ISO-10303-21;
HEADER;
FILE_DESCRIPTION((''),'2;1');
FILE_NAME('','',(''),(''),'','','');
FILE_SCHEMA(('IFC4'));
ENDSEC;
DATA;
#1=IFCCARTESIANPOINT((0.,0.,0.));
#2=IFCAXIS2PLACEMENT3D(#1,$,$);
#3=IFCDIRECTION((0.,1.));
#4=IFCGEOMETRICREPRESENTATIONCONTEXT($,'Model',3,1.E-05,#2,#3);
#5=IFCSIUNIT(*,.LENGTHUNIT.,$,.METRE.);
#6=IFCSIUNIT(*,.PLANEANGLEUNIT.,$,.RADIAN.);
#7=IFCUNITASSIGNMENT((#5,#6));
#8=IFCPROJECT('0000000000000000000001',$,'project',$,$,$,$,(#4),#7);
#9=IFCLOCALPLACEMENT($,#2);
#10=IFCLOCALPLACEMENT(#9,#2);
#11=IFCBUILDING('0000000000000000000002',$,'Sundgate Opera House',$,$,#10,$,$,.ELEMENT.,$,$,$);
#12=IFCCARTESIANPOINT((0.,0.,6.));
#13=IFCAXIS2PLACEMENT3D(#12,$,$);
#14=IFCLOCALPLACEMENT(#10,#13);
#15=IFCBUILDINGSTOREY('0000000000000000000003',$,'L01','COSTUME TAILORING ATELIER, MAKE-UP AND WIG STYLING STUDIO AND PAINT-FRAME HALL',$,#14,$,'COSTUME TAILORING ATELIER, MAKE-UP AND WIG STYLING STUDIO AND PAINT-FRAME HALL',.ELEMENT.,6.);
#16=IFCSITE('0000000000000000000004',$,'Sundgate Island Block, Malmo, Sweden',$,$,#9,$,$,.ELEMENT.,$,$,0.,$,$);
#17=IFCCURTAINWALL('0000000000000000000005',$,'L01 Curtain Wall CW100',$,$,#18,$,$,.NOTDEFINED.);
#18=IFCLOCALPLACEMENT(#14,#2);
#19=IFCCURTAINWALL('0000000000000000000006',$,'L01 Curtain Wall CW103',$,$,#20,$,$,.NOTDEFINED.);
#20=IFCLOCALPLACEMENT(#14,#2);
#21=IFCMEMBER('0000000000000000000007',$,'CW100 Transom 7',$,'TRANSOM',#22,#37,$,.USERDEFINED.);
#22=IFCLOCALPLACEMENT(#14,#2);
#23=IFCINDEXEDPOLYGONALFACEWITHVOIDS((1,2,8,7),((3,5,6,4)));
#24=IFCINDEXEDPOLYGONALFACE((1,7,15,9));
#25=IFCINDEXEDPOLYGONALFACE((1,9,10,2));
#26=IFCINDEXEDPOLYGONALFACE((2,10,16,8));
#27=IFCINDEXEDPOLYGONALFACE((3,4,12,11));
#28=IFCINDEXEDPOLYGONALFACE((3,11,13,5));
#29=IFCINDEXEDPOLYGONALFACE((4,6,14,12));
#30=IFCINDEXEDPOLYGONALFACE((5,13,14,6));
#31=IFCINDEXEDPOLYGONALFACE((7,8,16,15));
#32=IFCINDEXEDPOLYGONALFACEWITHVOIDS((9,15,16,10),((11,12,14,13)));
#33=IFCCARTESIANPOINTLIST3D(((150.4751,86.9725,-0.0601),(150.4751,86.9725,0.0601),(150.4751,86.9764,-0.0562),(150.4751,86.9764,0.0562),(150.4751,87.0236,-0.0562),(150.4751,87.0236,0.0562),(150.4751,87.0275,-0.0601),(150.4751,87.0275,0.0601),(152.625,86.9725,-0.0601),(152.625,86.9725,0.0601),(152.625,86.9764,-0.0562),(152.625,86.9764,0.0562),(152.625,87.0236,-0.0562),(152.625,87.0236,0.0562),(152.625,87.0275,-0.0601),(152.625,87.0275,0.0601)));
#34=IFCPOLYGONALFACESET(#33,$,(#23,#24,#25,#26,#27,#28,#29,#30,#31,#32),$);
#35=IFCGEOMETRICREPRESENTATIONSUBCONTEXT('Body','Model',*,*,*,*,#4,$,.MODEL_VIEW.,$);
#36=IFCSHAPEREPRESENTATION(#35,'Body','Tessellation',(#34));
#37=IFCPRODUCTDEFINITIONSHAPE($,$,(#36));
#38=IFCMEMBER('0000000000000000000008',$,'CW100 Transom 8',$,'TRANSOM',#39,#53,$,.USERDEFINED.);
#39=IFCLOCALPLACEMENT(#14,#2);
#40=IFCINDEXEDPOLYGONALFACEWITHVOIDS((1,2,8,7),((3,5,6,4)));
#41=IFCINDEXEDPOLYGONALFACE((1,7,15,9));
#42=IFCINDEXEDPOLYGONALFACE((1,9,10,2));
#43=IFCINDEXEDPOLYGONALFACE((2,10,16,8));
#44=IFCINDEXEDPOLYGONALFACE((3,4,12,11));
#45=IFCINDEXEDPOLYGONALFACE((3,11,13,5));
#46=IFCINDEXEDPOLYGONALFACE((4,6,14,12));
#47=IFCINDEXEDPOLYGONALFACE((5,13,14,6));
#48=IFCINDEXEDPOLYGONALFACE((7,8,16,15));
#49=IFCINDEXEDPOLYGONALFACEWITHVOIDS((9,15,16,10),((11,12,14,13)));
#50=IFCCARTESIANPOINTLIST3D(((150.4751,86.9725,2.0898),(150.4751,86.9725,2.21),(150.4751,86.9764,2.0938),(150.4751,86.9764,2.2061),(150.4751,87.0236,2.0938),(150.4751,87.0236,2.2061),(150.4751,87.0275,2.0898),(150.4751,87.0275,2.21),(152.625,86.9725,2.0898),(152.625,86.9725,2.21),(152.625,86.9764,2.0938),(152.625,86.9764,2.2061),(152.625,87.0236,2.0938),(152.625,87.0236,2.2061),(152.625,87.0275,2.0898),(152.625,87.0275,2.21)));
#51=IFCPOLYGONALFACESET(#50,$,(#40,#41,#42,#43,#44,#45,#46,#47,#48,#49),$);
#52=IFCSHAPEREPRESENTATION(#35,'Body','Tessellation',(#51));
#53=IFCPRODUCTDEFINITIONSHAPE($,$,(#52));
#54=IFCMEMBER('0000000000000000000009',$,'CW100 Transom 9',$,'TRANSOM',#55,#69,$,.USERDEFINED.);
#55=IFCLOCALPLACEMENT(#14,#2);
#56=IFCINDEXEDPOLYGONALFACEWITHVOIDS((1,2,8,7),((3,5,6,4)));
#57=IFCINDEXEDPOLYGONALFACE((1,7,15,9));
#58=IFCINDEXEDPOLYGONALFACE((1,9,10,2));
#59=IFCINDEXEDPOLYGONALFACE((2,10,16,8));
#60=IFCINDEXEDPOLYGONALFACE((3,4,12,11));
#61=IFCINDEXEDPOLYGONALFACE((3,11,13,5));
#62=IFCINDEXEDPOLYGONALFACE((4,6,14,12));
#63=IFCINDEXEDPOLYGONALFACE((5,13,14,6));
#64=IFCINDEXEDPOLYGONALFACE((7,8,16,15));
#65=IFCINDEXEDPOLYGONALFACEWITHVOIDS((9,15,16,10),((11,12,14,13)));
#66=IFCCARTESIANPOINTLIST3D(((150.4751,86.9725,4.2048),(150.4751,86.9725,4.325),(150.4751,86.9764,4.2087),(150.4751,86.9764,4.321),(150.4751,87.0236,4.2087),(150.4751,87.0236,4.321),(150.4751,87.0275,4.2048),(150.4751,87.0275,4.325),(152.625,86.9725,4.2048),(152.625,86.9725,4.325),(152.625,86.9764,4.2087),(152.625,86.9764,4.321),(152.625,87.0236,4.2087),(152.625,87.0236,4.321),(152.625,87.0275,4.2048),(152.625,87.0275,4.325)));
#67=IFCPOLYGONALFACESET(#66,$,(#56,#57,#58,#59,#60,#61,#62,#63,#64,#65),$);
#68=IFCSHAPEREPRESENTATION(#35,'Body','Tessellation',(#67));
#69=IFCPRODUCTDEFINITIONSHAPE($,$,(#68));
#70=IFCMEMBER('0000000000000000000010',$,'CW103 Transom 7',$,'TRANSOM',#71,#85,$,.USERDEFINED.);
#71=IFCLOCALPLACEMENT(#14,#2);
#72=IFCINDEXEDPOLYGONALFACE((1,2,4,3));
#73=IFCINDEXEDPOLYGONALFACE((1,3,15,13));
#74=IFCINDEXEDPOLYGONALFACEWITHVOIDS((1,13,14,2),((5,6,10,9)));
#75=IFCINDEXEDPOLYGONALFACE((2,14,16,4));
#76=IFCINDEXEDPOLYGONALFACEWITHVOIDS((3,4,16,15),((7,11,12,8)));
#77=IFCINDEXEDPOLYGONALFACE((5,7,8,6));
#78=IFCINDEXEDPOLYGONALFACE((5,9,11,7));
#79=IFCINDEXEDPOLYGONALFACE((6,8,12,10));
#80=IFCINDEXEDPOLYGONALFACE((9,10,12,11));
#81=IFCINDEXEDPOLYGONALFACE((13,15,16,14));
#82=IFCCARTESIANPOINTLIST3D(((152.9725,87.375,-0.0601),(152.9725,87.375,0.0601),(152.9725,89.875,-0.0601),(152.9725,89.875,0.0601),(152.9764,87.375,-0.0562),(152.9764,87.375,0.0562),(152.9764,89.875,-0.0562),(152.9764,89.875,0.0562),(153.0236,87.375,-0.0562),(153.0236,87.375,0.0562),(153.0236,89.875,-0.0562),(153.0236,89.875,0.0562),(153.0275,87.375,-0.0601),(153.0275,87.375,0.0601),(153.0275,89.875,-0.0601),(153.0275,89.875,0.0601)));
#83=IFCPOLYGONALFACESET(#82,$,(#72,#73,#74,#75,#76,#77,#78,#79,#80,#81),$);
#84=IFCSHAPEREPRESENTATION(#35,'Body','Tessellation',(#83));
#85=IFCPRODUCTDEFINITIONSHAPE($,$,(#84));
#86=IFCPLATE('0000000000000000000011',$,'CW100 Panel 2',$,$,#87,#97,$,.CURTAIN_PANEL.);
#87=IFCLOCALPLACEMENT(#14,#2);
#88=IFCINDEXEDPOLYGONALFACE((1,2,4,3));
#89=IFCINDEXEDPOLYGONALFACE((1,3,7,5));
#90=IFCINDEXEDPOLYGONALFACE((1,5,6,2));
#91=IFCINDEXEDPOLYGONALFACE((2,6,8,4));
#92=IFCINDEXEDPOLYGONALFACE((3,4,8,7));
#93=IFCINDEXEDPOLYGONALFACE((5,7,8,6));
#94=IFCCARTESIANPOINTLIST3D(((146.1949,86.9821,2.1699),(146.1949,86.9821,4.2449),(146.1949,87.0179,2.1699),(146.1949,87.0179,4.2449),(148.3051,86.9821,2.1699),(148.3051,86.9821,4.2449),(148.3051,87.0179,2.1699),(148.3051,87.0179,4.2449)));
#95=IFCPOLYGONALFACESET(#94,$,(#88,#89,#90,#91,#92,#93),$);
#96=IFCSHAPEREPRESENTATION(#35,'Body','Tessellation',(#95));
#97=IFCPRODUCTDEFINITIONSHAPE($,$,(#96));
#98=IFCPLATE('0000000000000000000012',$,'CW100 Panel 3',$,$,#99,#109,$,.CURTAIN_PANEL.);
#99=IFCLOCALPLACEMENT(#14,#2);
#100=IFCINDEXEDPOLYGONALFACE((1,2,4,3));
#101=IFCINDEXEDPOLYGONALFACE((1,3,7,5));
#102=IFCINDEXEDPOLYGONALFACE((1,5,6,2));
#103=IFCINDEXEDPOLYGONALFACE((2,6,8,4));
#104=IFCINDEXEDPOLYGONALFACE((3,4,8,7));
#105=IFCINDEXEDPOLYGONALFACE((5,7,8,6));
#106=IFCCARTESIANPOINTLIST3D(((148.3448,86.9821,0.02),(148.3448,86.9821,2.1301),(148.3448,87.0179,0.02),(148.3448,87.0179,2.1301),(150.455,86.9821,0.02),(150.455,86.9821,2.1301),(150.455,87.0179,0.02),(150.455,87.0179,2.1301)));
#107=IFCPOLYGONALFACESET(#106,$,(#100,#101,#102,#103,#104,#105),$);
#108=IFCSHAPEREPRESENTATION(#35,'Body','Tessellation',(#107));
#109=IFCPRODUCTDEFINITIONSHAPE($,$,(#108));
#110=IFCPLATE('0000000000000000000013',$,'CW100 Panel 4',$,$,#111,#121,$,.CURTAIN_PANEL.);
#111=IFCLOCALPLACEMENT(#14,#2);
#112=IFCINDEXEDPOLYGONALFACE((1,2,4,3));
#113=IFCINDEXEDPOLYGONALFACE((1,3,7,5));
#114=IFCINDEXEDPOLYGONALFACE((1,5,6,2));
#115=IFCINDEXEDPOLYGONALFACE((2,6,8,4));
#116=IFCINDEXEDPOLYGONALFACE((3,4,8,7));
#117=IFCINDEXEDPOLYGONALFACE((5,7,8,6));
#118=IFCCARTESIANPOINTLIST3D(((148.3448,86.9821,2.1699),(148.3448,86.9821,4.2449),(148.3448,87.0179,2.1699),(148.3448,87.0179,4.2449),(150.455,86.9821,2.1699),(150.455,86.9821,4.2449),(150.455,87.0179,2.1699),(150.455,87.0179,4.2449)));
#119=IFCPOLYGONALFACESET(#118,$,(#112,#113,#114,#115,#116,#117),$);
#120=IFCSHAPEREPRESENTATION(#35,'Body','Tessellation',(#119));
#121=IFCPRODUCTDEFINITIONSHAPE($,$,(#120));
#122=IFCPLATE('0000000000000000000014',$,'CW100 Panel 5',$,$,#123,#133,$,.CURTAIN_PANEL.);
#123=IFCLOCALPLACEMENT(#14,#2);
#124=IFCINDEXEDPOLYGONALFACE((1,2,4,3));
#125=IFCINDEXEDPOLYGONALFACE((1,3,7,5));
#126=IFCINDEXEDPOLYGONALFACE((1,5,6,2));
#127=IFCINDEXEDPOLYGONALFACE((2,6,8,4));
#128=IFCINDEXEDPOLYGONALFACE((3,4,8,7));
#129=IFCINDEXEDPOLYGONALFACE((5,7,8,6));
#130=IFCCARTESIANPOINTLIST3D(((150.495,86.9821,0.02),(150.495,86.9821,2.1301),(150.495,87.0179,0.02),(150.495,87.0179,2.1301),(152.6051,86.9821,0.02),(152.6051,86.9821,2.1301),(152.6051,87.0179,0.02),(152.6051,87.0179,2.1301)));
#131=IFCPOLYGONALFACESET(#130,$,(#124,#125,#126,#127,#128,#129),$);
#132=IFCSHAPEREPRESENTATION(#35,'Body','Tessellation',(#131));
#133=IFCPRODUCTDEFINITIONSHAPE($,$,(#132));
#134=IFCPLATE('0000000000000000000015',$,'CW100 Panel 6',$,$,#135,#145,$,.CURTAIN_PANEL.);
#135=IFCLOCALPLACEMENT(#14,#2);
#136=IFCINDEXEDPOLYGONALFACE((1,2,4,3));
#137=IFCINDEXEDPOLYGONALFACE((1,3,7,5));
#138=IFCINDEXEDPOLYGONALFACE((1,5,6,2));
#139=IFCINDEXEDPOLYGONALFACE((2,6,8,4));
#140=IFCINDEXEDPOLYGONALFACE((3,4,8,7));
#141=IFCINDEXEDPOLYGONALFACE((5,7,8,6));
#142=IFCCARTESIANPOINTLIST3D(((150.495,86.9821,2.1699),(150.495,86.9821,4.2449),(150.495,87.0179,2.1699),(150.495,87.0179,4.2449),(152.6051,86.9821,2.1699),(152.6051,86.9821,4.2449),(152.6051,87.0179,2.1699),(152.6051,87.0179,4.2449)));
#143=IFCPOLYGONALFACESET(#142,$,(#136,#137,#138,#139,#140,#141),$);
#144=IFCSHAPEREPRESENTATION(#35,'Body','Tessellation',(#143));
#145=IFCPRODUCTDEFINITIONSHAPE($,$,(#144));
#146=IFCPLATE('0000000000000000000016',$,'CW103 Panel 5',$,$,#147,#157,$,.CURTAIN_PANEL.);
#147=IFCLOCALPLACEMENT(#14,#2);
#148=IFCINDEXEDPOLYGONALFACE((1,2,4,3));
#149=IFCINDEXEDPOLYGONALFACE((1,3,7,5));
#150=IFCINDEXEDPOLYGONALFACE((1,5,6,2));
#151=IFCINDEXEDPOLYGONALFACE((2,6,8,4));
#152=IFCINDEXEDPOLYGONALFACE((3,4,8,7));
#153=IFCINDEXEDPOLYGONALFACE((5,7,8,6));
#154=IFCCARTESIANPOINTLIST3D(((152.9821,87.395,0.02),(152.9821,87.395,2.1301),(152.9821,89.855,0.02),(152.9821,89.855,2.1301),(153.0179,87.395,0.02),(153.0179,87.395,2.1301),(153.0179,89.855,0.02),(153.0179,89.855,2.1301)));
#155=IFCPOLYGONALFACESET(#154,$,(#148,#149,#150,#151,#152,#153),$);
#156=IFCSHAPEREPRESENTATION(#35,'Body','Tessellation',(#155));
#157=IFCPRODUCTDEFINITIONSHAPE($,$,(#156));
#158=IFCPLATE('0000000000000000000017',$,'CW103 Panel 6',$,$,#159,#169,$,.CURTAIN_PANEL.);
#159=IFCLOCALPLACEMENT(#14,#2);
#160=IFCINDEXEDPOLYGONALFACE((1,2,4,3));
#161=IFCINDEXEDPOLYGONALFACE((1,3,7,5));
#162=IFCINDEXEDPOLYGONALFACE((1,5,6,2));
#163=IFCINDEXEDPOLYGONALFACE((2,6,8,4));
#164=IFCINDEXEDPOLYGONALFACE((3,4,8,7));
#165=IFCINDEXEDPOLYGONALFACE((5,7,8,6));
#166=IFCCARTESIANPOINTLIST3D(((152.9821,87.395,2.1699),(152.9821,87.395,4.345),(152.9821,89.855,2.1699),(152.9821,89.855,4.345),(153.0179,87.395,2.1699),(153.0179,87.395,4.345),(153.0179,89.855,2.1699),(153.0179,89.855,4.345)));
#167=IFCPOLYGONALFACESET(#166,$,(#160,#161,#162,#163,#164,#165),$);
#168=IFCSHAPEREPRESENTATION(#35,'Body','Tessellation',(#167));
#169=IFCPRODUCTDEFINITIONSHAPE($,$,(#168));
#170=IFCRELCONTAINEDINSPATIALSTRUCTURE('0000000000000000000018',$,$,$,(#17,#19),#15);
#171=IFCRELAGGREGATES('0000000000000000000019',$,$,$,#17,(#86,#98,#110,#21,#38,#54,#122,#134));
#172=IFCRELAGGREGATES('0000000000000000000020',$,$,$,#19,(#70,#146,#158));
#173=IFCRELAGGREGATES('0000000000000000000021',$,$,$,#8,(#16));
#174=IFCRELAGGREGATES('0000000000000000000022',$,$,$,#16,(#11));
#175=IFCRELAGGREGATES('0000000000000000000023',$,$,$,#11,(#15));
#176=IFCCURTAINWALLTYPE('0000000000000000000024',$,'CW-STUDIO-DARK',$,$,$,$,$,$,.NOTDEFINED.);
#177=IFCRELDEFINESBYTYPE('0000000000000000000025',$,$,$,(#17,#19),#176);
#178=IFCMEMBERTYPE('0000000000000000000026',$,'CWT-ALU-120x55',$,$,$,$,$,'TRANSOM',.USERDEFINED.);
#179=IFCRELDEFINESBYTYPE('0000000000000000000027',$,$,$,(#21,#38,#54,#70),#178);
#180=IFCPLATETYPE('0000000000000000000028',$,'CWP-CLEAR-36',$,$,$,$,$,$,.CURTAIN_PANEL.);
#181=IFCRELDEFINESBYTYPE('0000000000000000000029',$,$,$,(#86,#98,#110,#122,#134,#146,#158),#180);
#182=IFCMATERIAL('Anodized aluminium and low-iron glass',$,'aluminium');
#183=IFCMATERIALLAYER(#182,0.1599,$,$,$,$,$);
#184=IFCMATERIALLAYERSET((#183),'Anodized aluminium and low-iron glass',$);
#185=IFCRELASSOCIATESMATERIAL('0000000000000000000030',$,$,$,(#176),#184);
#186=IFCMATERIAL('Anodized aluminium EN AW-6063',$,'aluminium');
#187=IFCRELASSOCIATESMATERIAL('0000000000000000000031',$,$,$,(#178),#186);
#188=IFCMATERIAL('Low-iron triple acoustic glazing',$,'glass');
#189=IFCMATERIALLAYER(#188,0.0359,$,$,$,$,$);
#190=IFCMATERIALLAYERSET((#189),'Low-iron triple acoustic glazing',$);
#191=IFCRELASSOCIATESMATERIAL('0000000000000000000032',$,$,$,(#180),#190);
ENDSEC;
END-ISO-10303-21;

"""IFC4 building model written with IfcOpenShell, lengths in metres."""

from ifc_helpers import new_model, si_unit, direction, frame, origin, origin_2d, place, context, subcontext, project, spatial, rectangle, hollow_rectangle, extrude, material, layer, layer_set, material_profile, profile_set, type_object, element, aggregate, save


model = new_model("IFC4")

# Units and contexts
model_context = context("Model", 3, precision=1e-05, world=origin(), true_north=direction((0.0, 1.0)))
body_context = subcontext(model_context, "Body", "Model", "MODEL_VIEW")
ifc_project = project(units=[si_unit("LENGTHUNIT", "METRE"), si_unit("PLANEANGLEUNIT", "RADIAN")], contexts=[model_context])

# Site, building, storey
site_placement = place(None, origin())
site = spatial("IfcSite", under=ifc_project, at=site_placement, Name="Sundgate Island Block, Malmo, Sweden", CompositionType="ELEMENT", RefElevation=0.0)
building_placement = place(site_placement, origin())
building = spatial("IfcBuilding", under=site, at=building_placement, Name="Sundgate Opera House", CompositionType="ELEMENT")
storey_placement = place(building_placement, frame((0.0, 0.0, 6.0)))
storey = spatial("IfcBuildingStorey", under=building, at=storey_placement, Name="L01", Description="COSTUME TAILORING ATELIER, MAKE-UP AND WIG STYLING STUDIO AND PAINT-FRAME HALL", LongName="COSTUME TAILORING ATELIER, MAKE-UP AND WIG STYLING STUDIO AND PAINT-FRAME HALL", CompositionType="ELEMENT", Elevation=6.0)

# Curtain walls
ifc_material_1 = material(Name="Anodized aluminium and low-iron glass", Category="aluminium")
ifc_layer_1 = layer(ifc_material_1, 0.1599)
ifc_layer_set_1 = layer_set([ifc_layer_1], Name="Anodized aluminium and low-iron glass")
curtain_wall_type = type_object("IfcCurtainWallType", Name="CW-STUDIO-DARK", PredefinedType="NOTDEFINED", material=ifc_layer_set_1)
curtain_wall_1_placement = place(storey_placement, origin())
curtain_wall_1 = element("IfcCurtainWall", 1, at=curtain_wall_1_placement, inside=storey, type_object=curtain_wall_type, Name="L01 Curtain Wall CW100", PredefinedType="NOTDEFINED")
curtain_wall_2_placement = place(storey_placement, origin())
curtain_wall_2 = element("IfcCurtainWall", 2, at=curtain_wall_2_placement, inside=storey, type_object=curtain_wall_type, Name="L01 Curtain Wall CW103", PredefinedType="NOTDEFINED")

# Members
ifc_material_2 = material(Name="Anodized aluminium EN AW-6063", Category="aluminium")
ifc_material_profile_1 = material_profile(ifc_material_2, hollow_rectangle(XDim=0.0549, YDim=0.1201, WallThickness=0.0039, at=origin_2d()), Name="CWT 120x55x4")
ifc_profile_set_1 = profile_set([ifc_material_profile_1], Name="Anodized aluminium EN AW-6063")
member_type_1 = type_object("IfcMemberType", Name="CWT-ALU-120x55", ElementType="TRANSOM", PredefinedType="USERDEFINED", material=ifc_profile_set_1)
member_1_placement = place(storey_placement, frame((150.4751, 87.0, 0.0), z_axis=(1.0, 0.0, 0.0), x_axis=(0.0, 1.0, 0.0)))
member_1 = element("IfcMember", 3, at=member_1_placement, type_object=member_type_1, Name="CW100 Transom 7", ObjectType="TRANSOM", PredefinedType="USERDEFINED", context=body_context, shape_type="SweptSolid", body=[
    extrude(hollow_rectangle(XDim=0.0549, YDim=0.1201, WallThickness=0.0039, at=origin_2d()), origin(), (0.0, 0.0, 1.0), 2.1499),
])
member_2_placement = place(storey_placement, frame((150.4751, 87.0, 2.1499), z_axis=(1.0, 0.0, 0.0), x_axis=(0.0, 1.0, 0.0)))
member_2 = element("IfcMember", 4, at=member_2_placement, type_object=member_type_1, Name="CW100 Transom 8", ObjectType="TRANSOM", PredefinedType="USERDEFINED", context=body_context, shape_type="SweptSolid", body=[
    extrude(hollow_rectangle(XDim=0.0549, YDim=0.1201, WallThickness=0.0039, at=origin_2d()), origin(), (0.0, 0.0, 1.0), 2.1499),
])
member_3_placement = place(storey_placement, frame((150.4751, 87.0, 4.2649), z_axis=(1.0, 0.0, 0.0), x_axis=(0.0, 1.0, 0.0)))
member_3 = element("IfcMember", 5, at=member_3_placement, type_object=member_type_1, Name="CW100 Transom 9", ObjectType="TRANSOM", PredefinedType="USERDEFINED", context=body_context, shape_type="SweptSolid", body=[
    extrude(hollow_rectangle(XDim=0.0549, YDim=0.1201, WallThickness=0.0039, at=origin_2d()), origin(), (0.0, 0.0, 1.0), 2.1499),
])
member_4_placement = place(storey_placement, frame((153.0, 89.875, 0.0), z_axis=(0.0, -1.0, 0.0), x_axis=(1.0, 0.0, 0.0)))
member_4 = element("IfcMember", 6, at=member_4_placement, type_object=member_type_1, Name="CW103 Transom 7", ObjectType="TRANSOM", PredefinedType="USERDEFINED", context=body_context, shape_type="SweptSolid", body=[
    extrude(hollow_rectangle(XDim=0.0549, YDim=0.1201, WallThickness=0.0039, at=origin_2d()), origin(), (0.0, 0.0, 1.0), 2.5),
])

# Plates
ifc_material_3 = material(Name="Low-iron triple acoustic glazing", Category="glass")
ifc_layer_2 = layer(ifc_material_3, 0.0359)
ifc_layer_set_2 = layer_set([ifc_layer_2], Name="Low-iron triple acoustic glazing")
plate_type = type_object("IfcPlateType", Name="CWP-CLEAR-36", PredefinedType="CURTAIN_PANEL", material=ifc_layer_set_2)
plate_1_placement = place(storey_placement, frame((147.25, 87.0, 2.1699), z_axis=(0.0, 0.0, 1.0), x_axis=(1.0, 0.0, 0.0)))
plate_1 = element("IfcPlate", 7, at=plate_1_placement, type_object=plate_type, Name="CW100 Panel 2", PredefinedType="CURTAIN_PANEL", context=body_context, shape_type="SweptSolid", body=[
    extrude(rectangle(XDim=2.1101, YDim=0.0359, at=origin_2d()), origin(), (0.0, 0.0, 1.0), 2.075),
])
plate_2_placement = place(storey_placement, frame((149.3999, 87.0, 0.02), z_axis=(0.0, 0.0, 1.0), x_axis=(1.0, 0.0, 0.0)))
plate_2 = element("IfcPlate", 8, at=plate_2_placement, type_object=plate_type, Name="CW100 Panel 3", PredefinedType="CURTAIN_PANEL", context=body_context, shape_type="SweptSolid", body=[
    extrude(rectangle(XDim=2.1101, YDim=0.0359, at=origin_2d()), origin(), (0.0, 0.0, 1.0), 2.1101),
])
plate_3_placement = place(storey_placement, frame((149.3999, 87.0, 2.1699), z_axis=(0.0, 0.0, 1.0), x_axis=(1.0, 0.0, 0.0)))
plate_3 = element("IfcPlate", 9, at=plate_3_placement, type_object=plate_type, Name="CW100 Panel 4", PredefinedType="CURTAIN_PANEL", context=body_context, shape_type="SweptSolid", body=[
    extrude(rectangle(XDim=2.1101, YDim=0.0359, at=origin_2d()), origin(), (0.0, 0.0, 1.0), 2.075),
])
plate_4_placement = place(storey_placement, frame((151.55, 87.0, 0.02), z_axis=(0.0, 0.0, 1.0), x_axis=(1.0, 0.0, 0.0)))
plate_4 = element("IfcPlate", 10, at=plate_4_placement, type_object=plate_type, Name="CW100 Panel 5", PredefinedType="CURTAIN_PANEL", context=body_context, shape_type="SweptSolid", body=[
    extrude(rectangle(XDim=2.1101, YDim=0.0359, at=origin_2d()), origin(), (0.0, 0.0, 1.0), 2.1101),
])
plate_5_placement = place(storey_placement, frame((151.55, 87.0, 2.1699), z_axis=(0.0, 0.0, 1.0), x_axis=(1.0, 0.0, 0.0)))
plate_5 = element("IfcPlate", 11, at=plate_5_placement, type_object=plate_type, Name="CW100 Panel 6", PredefinedType="CURTAIN_PANEL", context=body_context, shape_type="SweptSolid", body=[
    extrude(rectangle(XDim=2.1101, YDim=0.0359, at=origin_2d()), origin(), (0.0, 0.0, 1.0), 2.075),
])
aggregate(curtain_wall_1, [plate_1, plate_2, plate_3, member_1, member_2, member_3, plate_4, plate_5])
plate_6_placement = place(storey_placement, frame((153.0, 88.625, 0.02), z_axis=(0.0, 0.0, 1.0), x_axis=(0.0, -1.0, 0.0)))
plate_6 = element("IfcPlate", 12, at=plate_6_placement, type_object=plate_type, Name="CW103 Panel 5", PredefinedType="CURTAIN_PANEL", context=body_context, shape_type="SweptSolid", body=[
    extrude(rectangle(XDim=2.46, YDim=0.0359, at=origin_2d()), origin(), (0.0, 0.0, 1.0), 2.1101),
])
plate_7_placement = place(storey_placement, frame((153.0, 88.625, 2.1699), z_axis=(0.0, 0.0, 1.0), x_axis=(0.0, -1.0, 0.0)))
plate_7 = element("IfcPlate", 13, at=plate_7_placement, type_object=plate_type, Name="CW103 Panel 6", PredefinedType="CURTAIN_PANEL", context=body_context, shape_type="SweptSolid", body=[
    extrude(rectangle(XDim=2.46, YDim=0.0359, at=origin_2d()), origin(), (0.0, 0.0, 1.0), 2.175),
])
aggregate(curtain_wall_2, [member_4, plate_6, plate_7])

save(model, "model.ifc")
